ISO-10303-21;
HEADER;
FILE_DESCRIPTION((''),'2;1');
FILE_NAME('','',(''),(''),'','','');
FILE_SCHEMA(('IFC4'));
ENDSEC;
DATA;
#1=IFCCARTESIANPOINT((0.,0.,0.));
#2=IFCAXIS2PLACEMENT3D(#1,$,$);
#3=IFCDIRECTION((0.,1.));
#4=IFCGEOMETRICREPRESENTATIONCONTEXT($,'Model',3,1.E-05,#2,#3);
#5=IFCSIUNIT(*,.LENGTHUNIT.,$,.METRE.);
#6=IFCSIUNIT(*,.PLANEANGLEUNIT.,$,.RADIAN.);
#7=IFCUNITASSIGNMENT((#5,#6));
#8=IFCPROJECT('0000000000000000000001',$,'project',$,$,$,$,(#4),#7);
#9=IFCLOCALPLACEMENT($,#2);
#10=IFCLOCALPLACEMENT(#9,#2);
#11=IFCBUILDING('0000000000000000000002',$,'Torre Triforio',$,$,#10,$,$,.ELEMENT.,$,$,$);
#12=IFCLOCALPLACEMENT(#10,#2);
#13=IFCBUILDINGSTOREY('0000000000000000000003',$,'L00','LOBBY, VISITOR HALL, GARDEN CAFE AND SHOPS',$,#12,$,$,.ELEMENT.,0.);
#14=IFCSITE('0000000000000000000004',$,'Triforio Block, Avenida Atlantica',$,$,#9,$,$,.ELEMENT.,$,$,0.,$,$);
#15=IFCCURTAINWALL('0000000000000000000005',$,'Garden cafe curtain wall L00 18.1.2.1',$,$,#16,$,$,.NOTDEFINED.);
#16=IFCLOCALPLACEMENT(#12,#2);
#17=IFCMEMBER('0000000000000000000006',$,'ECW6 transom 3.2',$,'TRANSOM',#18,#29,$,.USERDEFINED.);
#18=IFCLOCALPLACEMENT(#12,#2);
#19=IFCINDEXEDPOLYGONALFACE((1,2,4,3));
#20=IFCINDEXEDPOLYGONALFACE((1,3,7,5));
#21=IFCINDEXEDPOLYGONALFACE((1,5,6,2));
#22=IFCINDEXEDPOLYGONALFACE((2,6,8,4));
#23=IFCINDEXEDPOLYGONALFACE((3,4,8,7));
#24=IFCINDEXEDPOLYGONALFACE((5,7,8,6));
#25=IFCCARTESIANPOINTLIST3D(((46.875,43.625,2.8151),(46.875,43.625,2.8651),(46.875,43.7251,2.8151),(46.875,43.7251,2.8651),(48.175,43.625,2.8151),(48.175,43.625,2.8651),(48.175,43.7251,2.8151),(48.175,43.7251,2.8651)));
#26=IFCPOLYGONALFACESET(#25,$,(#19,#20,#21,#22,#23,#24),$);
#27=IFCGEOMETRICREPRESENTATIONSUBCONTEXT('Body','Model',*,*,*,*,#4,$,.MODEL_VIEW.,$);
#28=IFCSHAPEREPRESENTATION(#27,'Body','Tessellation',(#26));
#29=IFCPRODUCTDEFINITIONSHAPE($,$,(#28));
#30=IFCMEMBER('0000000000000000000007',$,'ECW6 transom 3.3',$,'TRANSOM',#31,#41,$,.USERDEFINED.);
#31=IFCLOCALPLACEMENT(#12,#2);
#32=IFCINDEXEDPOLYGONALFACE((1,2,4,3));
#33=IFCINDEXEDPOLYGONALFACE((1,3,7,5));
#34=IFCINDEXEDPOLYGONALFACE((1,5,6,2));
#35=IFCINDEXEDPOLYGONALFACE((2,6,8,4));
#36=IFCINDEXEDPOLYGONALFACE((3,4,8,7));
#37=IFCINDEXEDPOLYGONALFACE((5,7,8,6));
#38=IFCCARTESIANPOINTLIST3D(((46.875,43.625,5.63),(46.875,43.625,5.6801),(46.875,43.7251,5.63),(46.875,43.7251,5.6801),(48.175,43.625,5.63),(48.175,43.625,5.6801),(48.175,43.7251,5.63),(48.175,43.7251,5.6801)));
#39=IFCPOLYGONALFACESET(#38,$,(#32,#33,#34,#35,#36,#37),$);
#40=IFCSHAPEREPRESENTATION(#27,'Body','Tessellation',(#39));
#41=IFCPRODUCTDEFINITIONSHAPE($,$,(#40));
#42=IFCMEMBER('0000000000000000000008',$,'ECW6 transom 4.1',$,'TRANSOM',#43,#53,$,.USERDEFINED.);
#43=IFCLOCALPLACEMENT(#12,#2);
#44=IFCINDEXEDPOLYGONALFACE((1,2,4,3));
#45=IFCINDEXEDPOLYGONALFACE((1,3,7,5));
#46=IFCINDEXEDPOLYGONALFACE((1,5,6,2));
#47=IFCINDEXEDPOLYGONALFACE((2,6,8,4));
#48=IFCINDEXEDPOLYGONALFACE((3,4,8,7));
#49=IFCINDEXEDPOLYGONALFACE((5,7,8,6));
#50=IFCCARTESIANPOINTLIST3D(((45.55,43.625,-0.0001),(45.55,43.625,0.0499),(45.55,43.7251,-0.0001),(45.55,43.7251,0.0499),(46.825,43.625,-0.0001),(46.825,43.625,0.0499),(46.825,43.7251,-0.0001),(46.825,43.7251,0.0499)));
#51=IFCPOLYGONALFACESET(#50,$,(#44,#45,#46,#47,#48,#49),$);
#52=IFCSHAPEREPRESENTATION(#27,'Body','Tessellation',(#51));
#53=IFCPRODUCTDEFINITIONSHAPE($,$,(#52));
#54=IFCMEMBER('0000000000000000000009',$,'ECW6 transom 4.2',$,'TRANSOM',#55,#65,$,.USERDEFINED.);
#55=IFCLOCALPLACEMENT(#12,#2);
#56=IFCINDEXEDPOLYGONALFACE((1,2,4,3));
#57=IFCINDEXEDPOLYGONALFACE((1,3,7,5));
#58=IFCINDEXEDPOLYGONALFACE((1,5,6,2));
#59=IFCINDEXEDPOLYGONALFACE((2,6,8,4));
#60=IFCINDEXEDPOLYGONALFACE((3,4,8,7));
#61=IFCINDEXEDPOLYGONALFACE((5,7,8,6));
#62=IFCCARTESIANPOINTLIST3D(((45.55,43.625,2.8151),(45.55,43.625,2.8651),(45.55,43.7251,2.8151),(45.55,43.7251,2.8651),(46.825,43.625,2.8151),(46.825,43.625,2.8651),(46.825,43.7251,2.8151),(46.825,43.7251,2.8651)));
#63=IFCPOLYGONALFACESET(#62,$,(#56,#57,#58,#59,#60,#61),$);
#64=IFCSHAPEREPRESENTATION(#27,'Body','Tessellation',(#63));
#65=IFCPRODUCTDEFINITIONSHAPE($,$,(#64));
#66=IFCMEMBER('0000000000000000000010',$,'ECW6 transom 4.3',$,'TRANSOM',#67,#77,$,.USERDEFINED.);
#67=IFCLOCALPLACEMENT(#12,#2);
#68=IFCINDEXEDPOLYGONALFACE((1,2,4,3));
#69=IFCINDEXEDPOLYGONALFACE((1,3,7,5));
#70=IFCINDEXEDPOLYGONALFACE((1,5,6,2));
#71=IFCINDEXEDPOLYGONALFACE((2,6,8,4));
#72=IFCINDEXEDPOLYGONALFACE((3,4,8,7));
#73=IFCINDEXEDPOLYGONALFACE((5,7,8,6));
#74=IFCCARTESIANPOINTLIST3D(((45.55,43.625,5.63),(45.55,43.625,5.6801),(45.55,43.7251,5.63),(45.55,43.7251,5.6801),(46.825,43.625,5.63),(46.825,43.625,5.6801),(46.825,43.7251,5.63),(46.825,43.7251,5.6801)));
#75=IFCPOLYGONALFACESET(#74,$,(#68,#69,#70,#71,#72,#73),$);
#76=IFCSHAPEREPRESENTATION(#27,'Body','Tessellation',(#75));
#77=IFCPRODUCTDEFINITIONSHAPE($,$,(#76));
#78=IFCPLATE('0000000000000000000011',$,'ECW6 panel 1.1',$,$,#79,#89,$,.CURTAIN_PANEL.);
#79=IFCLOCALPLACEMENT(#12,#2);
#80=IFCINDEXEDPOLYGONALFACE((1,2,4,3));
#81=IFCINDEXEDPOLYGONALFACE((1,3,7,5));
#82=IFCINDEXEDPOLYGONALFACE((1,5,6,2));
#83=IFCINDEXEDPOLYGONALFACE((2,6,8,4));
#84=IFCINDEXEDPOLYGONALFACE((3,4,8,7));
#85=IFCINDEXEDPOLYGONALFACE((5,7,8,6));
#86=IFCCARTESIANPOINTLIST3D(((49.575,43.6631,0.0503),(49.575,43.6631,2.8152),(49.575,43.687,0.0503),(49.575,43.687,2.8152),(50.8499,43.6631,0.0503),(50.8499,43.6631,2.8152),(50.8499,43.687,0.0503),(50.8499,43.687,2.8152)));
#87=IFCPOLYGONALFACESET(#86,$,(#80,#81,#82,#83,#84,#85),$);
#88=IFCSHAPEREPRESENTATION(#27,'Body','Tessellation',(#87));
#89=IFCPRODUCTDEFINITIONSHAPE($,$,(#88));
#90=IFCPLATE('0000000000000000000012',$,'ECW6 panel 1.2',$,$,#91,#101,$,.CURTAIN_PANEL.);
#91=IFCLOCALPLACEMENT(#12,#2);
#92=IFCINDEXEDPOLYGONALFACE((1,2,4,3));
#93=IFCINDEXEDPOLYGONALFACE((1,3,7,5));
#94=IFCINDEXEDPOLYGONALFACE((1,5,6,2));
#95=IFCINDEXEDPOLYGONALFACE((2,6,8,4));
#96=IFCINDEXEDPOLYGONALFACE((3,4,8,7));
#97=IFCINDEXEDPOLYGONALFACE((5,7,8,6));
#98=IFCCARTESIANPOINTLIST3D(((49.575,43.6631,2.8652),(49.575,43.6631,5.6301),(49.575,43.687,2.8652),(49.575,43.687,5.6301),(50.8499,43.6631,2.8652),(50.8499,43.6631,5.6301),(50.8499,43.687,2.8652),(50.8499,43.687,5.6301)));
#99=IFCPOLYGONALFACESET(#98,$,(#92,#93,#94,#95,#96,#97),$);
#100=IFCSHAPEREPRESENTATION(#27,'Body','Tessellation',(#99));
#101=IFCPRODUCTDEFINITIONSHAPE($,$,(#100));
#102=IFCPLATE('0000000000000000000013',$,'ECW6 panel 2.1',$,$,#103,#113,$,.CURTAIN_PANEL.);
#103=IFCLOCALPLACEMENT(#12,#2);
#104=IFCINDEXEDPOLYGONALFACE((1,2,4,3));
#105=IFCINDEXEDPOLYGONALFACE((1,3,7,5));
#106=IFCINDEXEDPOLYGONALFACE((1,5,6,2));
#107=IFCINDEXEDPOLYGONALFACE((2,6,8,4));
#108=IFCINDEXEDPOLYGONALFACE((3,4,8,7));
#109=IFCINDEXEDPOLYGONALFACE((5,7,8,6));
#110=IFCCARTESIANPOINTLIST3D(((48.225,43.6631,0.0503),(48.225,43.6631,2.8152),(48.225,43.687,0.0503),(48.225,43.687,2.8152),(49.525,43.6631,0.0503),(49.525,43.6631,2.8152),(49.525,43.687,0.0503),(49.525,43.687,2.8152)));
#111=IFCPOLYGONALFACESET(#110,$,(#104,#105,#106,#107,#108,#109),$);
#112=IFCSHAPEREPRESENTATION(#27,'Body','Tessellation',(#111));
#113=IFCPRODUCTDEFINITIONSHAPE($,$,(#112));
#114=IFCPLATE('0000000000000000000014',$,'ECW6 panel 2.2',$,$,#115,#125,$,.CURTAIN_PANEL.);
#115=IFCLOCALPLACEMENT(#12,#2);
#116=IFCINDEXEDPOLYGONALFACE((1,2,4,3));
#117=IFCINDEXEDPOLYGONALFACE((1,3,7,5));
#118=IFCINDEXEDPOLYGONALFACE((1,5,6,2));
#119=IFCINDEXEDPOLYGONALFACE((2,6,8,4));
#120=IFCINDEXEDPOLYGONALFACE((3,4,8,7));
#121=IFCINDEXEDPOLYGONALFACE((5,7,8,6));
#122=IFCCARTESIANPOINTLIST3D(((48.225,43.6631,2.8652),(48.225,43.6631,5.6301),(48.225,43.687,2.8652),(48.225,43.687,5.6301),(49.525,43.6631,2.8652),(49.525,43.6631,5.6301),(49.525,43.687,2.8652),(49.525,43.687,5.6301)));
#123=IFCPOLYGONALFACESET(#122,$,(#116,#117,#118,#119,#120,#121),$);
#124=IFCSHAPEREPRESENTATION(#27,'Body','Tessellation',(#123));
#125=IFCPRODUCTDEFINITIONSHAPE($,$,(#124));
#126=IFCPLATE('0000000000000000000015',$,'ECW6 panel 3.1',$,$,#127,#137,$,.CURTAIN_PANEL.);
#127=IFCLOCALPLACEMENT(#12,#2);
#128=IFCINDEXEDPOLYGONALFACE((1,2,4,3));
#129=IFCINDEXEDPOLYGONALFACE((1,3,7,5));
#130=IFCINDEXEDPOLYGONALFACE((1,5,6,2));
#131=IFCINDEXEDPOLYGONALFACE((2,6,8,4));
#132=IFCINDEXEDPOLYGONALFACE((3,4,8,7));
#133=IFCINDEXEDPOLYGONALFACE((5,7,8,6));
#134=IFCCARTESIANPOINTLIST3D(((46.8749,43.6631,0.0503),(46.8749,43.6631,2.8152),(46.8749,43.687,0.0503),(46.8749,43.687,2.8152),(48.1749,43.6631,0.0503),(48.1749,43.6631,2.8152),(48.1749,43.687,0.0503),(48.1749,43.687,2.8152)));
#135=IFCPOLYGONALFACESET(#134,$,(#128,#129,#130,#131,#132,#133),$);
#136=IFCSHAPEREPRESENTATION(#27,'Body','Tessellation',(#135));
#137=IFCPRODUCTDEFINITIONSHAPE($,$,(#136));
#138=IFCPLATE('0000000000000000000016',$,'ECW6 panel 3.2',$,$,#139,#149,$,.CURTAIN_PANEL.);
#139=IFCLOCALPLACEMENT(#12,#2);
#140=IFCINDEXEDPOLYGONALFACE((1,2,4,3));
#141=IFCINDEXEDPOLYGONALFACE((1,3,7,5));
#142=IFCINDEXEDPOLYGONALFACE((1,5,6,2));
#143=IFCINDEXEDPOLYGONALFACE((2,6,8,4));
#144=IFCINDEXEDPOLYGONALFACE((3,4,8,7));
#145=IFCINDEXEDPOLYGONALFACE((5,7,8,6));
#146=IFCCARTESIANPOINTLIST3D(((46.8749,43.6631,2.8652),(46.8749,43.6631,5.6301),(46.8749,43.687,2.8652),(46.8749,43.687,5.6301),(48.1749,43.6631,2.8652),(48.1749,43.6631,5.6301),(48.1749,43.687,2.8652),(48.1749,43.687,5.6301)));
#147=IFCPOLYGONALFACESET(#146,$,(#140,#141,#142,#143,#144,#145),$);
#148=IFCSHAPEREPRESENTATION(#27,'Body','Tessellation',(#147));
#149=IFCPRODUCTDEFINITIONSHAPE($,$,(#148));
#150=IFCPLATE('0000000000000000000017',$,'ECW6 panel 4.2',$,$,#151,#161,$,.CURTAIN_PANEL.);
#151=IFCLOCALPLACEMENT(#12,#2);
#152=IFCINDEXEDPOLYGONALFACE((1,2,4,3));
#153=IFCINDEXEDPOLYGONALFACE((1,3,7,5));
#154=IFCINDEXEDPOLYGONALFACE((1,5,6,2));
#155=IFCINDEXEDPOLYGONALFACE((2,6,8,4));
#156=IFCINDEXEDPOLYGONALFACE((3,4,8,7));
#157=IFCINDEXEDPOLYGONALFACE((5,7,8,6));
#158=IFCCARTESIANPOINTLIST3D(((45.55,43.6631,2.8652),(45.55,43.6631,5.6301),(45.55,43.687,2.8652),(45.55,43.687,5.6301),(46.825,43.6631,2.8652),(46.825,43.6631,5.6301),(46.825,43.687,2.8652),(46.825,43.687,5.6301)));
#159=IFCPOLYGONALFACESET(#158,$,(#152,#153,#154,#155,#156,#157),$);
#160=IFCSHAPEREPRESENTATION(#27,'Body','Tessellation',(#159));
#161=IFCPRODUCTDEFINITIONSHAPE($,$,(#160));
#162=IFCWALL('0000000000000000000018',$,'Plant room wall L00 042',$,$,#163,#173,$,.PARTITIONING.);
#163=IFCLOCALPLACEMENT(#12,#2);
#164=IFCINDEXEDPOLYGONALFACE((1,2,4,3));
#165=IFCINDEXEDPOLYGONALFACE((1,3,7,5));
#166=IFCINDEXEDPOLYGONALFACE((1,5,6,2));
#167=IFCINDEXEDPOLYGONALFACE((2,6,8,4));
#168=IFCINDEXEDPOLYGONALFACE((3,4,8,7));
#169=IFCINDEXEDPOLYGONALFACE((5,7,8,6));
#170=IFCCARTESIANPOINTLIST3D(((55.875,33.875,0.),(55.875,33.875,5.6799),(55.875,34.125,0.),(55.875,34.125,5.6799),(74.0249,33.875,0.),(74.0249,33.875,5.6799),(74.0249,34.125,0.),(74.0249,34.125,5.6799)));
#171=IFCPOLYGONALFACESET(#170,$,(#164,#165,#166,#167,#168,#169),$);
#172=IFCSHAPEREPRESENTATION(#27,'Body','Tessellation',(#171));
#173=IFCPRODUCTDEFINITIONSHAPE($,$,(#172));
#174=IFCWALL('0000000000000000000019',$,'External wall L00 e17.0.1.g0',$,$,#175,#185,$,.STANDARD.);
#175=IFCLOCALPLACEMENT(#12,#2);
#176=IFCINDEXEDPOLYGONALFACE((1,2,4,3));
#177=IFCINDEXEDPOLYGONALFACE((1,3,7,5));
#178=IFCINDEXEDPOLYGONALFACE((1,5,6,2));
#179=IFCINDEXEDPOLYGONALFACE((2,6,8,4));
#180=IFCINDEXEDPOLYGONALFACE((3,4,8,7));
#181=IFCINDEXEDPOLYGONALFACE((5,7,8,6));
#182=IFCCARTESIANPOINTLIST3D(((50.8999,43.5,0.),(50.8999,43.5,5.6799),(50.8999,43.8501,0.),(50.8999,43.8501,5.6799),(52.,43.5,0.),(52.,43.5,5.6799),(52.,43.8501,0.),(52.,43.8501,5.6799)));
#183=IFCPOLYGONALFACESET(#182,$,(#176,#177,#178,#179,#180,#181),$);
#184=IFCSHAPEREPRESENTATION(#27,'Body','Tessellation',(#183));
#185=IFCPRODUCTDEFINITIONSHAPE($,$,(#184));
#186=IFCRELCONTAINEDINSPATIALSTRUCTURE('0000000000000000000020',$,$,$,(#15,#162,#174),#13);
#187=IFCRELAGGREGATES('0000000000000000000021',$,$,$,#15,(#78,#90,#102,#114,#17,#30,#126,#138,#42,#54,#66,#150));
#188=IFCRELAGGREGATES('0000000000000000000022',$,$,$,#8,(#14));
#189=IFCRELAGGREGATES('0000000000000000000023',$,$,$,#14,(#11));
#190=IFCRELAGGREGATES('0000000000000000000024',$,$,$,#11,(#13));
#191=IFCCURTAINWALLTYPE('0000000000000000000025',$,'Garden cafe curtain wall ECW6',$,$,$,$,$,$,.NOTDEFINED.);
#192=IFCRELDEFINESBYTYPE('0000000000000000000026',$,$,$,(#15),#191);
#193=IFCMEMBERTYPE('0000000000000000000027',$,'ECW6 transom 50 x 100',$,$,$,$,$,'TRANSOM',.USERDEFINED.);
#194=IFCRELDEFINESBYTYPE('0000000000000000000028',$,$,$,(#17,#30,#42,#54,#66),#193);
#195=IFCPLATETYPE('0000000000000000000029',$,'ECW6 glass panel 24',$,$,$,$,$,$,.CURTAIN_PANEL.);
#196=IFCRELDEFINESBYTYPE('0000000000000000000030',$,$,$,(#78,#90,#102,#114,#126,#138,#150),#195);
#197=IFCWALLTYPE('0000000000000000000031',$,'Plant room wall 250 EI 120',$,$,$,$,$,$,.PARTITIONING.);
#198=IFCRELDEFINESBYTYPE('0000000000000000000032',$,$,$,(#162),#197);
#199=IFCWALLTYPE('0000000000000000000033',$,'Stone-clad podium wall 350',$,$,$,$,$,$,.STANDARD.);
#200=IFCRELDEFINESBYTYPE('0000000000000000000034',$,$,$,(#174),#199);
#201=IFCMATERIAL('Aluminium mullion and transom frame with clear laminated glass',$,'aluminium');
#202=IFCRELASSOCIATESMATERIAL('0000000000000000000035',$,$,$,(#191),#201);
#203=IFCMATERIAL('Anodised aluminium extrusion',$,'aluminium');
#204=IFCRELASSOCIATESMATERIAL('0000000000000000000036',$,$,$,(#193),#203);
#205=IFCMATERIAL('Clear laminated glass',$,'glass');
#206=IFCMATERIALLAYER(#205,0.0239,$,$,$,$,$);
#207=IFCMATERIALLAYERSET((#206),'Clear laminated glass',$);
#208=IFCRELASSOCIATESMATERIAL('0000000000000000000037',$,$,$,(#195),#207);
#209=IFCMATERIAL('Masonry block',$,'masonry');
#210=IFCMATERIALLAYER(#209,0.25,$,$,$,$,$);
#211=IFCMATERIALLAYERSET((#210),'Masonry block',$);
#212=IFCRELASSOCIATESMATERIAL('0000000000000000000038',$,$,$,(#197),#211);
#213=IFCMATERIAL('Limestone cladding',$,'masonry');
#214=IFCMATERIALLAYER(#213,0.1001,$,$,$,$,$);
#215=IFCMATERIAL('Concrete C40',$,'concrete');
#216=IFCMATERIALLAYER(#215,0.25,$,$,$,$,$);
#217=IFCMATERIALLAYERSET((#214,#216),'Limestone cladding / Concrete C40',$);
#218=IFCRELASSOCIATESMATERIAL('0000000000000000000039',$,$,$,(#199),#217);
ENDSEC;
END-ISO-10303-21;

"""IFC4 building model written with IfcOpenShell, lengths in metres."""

from ifc_helpers import new_model, si_unit, direction, frame, frame_2d, origin, origin_2d, place, context, subcontext, project, spatial, rectangle, extrude, material, layer, layer_set, material_profile, profile_set, type_object, element, aggregate, save


model = new_model("IFC4")

# Units and contexts
model_context = context("Model", 3, precision=1e-05, world=origin(), true_north=direction((0.0, 1.0)))
body_context = subcontext(model_context, "Body", "Model", "MODEL_VIEW")
ifc_project = project(units=[si_unit("LENGTHUNIT", "METRE"), si_unit("PLANEANGLEUNIT", "RADIAN")], contexts=[model_context])

# Site, building, storey
site_placement = place(None, origin())
site = spatial("IfcSite", under=ifc_project, at=site_placement, Name="Triforio Block, Avenida Atlantica", CompositionType="ELEMENT", RefElevation=0.0)
building_placement = place(site_placement, origin())
building = spatial("IfcBuilding", under=site, at=building_placement, Name="Torre Triforio", CompositionType="ELEMENT")
storey_placement = place(building_placement, origin())
storey = spatial("IfcBuildingStorey", under=building, at=storey_placement, Name="L00", Description="LOBBY, VISITOR HALL, GARDEN CAFE AND SHOPS", CompositionType="ELEMENT", Elevation=0.0)

# Curtain wall, members, plates
ifc_material_1 = material(Name="Aluminium mullion and transom frame with clear laminated glass", Category="aluminium")
curtain_wall_type = type_object("IfcCurtainWallType", Name="Garden cafe curtain wall ECW6", PredefinedType="NOTDEFINED", material=ifc_material_1)
curtain_wall_placement = place(storey_placement, origin())
curtain_wall = element("IfcCurtainWall", 1, at=curtain_wall_placement, inside=storey, type_object=curtain_wall_type, Name="Garden cafe curtain wall L00 18.1.2.1", PredefinedType="NOTDEFINED")
ifc_material_2 = material(Name="Anodised aluminium extrusion", Category="aluminium")
ifc_material_profile_1 = material_profile(ifc_material_2, rectangle(XDim=0.1001, YDim=0.05, at=origin_2d()), Name="ECW6 TRANSOM 50x100")
ifc_profile_set_1 = profile_set([ifc_material_profile_1], Name="Anodised aluminium extrusion")
member_type_1 = type_object("IfcMemberType", Name="ECW6 transom 50 x 100", ElementType="TRANSOM", PredefinedType="USERDEFINED", material=ifc_profile_set_1)
member_1_placement = place(storey_placement, frame((48.175, 43.675, 2.8401), z_axis=(-1.0, 0.0, 0.0), x_axis=(0.0, -1.0, 0.0)))
member_1 = element("IfcMember", 2, at=member_1_placement, type_object=member_type_1, Name="ECW6 transom 3.2", ObjectType="TRANSOM", PredefinedType="USERDEFINED", context=body_context, shape_type="SweptSolid", body=[
    extrude(rectangle(XDim=0.1001, YDim=0.05, at=origin_2d()), origin(), (0.0, 0.0, 1.0), 1.3),
])
member_2_placement = place(storey_placement, frame((48.175, 43.675, 5.655), z_axis=(-1.0, 0.0, 0.0), x_axis=(0.0, -1.0, 0.0)))
member_2 = element("IfcMember", 3, at=member_2_placement, type_object=member_type_1, Name="ECW6 transom 3.3", ObjectType="TRANSOM", PredefinedType="USERDEFINED", context=body_context, shape_type="SweptSolid", body=[
    extrude(rectangle(XDim=0.1001, YDim=0.05, at=origin_2d()), origin(), (0.0, 0.0, 1.0), 1.3),
])
member_3_placement = place(storey_placement, frame((46.825, 43.675, 0.0249), z_axis=(-1.0, 0.0, 0.0), x_axis=(0.0, -1.0, 0.0)))
member_3 = element("IfcMember", 4, at=member_3_placement, type_object=member_type_1, Name="ECW6 transom 4.1", ObjectType="TRANSOM", PredefinedType="USERDEFINED", context=body_context, shape_type="SweptSolid", body=[
    extrude(rectangle(XDim=0.1001, YDim=0.05, at=origin_2d()), origin(), (0.0, 0.0, 1.0), 1.2749),
])
member_4_placement = place(storey_placement, frame((46.825, 43.675, 2.8401), z_axis=(-1.0, 0.0, 0.0), x_axis=(0.0, -1.0, 0.0)))
member_4 = element("IfcMember", 5, at=member_4_placement, type_object=member_type_1, Name="ECW6 transom 4.2", ObjectType="TRANSOM", PredefinedType="USERDEFINED", context=body_context, shape_type="SweptSolid", body=[
    extrude(rectangle(XDim=0.1001, YDim=0.05, at=origin_2d()), origin(), (0.0, 0.0, 1.0), 1.2749),
])
member_5_placement = place(storey_placement, frame((46.825, 43.675, 5.655), z_axis=(-1.0, 0.0, 0.0), x_axis=(0.0, -1.0, 0.0)))
member_5 = element("IfcMember", 6, at=member_5_placement, type_object=member_type_1, Name="ECW6 transom 4.3", ObjectType="TRANSOM", PredefinedType="USERDEFINED", context=body_context, shape_type="SweptSolid", body=[
    extrude(rectangle(XDim=0.1001, YDim=0.05, at=origin_2d()), origin(), (0.0, 0.0, 1.0), 1.2749),
])
ifc_material_3 = material(Name="Clear laminated glass", Category="glass")
ifc_layer_1 = layer(ifc_material_3, 0.0239)
ifc_layer_set_1 = layer_set([ifc_layer_1], Name="Clear laminated glass")
plate_type = type_object("IfcPlateType", Name="ECW6 glass panel 24", PredefinedType="CURTAIN_PANEL", material=ifc_layer_set_1)
plate_1_placement = place(storey_placement, frame((50.2124, 43.675, 0.0503), z_axis=(0.0, 0.0, 1.0), x_axis=(-1.0, 0.0, 0.0)))
plate_1 = element("IfcPlate", 7, at=plate_1_placement, type_object=plate_type, Name="ECW6 panel 1.1", PredefinedType="CURTAIN_PANEL", context=body_context, shape_type="SweptSolid", body=[
    extrude(rectangle(XDim=1.2749, YDim=0.0239, at=origin_2d()), origin(), (0.0, 0.0, 1.0), 2.7649),
])
plate_2_placement = place(storey_placement, frame((50.2124, 43.675, 2.8652), z_axis=(0.0, 0.0, 1.0), x_axis=(-1.0, 0.0, 0.0)))
plate_2 = element("IfcPlate", 8, at=plate_2_placement, type_object=plate_type, Name="ECW6 panel 1.2", PredefinedType="CURTAIN_PANEL", context=body_context, shape_type="SweptSolid", body=[
    extrude(rectangle(XDim=1.2749, YDim=0.0239, at=origin_2d()), origin(), (0.0, 0.0, 1.0), 2.7649),
])
plate_3_placement = place(storey_placement, frame((48.875, 43.675, 0.0503), z_axis=(0.0, 0.0, 1.0), x_axis=(-1.0, 0.0, 0.0)))
plate_3 = element("IfcPlate", 9, at=plate_3_placement, type_object=plate_type, Name="ECW6 panel 2.1", PredefinedType="CURTAIN_PANEL", context=body_context, shape_type="SweptSolid", body=[
    extrude(rectangle(XDim=1.3, YDim=0.0239, at=origin_2d()), origin(), (0.0, 0.0, 1.0), 2.7649),
])
plate_4_placement = place(storey_placement, frame((48.875, 43.675, 2.8652), z_axis=(0.0, 0.0, 1.0), x_axis=(-1.0, 0.0, 0.0)))
plate_4 = element("IfcPlate", 10, at=plate_4_placement, type_object=plate_type, Name="ECW6 panel 2.2", PredefinedType="CURTAIN_PANEL", context=body_context, shape_type="SweptSolid", body=[
    extrude(rectangle(XDim=1.3, YDim=0.0239, at=origin_2d()), origin(), (0.0, 0.0, 1.0), 2.7649),
])
plate_5_placement = place(storey_placement, frame((47.5249, 43.675, 0.0503), z_axis=(0.0, 0.0, 1.0), x_axis=(-1.0, 0.0, 0.0)))
plate_5 = element("IfcPlate", 11, at=plate_5_placement, type_object=plate_type, Name="ECW6 panel 3.1", PredefinedType="CURTAIN_PANEL", context=body_context, shape_type="SweptSolid", body=[
    extrude(rectangle(XDim=1.3, YDim=0.0239, at=origin_2d()), origin(), (0.0, 0.0, 1.0), 2.7649),
])
plate_6_placement = place(storey_placement, frame((47.5249, 43.675, 2.8652), z_axis=(0.0, 0.0, 1.0), x_axis=(-1.0, 0.0, 0.0)))
plate_6 = element("IfcPlate", 12, at=plate_6_placement, type_object=plate_type, Name="ECW6 panel 3.2", PredefinedType="CURTAIN_PANEL", context=body_context, shape_type="SweptSolid", body=[
    extrude(rectangle(XDim=1.3, YDim=0.0239, at=origin_2d()), origin(), (0.0, 0.0, 1.0), 2.7649),
])
plate_7_placement = place(storey_placement, frame((46.1875, 43.675, 2.8652), z_axis=(0.0, 0.0, 1.0), x_axis=(-1.0, 0.0, 0.0)))
plate_7 = element("IfcPlate", 13, at=plate_7_placement, type_object=plate_type, Name="ECW6 panel 4.2", PredefinedType="CURTAIN_PANEL", context=body_context, shape_type="SweptSolid", body=[
    extrude(rectangle(XDim=1.2749, YDim=0.0239, at=origin_2d()), origin(), (0.0, 0.0, 1.0), 2.7649),
])
aggregate(curtain_wall, [plate_1, plate_2, plate_3, plate_4, member_1, member_2, plate_5, plate_6, member_3, member_4, member_5, plate_7])

# Walls
ifc_material_4 = material(Name="Masonry block", Category="masonry")
ifc_layer_2 = layer(ifc_material_4, 0.25)
ifc_layer_set_2 = layer_set([ifc_layer_2], Name="Masonry block")
wall_type_1 = type_object("IfcWallType", Name="Plant room wall 250 EI 120", PredefinedType="PARTITIONING", material=ifc_layer_set_2)
wall_1_placement = place(storey_placement, frame((55.875, 34.0, 0.0), z_axis=(0.0, 0.0, 1.0), x_axis=(1.0, 0.0, 0.0)))
element("IfcWall", 14, at=wall_1_placement, inside=storey, type_object=wall_type_1, Name="Plant room wall L00 042", PredefinedType="PARTITIONING", context=body_context, shape_type="SweptSolid", body=[
    extrude(rectangle(XDim=18.1499, YDim=0.25, at=frame_2d((9.075, 0.0))), origin(), (0.0, 0.0, 1.0), 5.6799),
])
ifc_material_5 = material(Name="Limestone cladding", Category="masonry")
ifc_layer_3 = layer(ifc_material_5, 0.1001)
ifc_material_6 = material(Name="Concrete C40", Category="concrete")
ifc_layer_4 = layer(ifc_material_6, 0.25)
ifc_layer_set_3 = layer_set([ifc_layer_3, ifc_layer_4], Name="Limestone cladding / Concrete C40")
wall_type_2 = type_object("IfcWallType", Name="Stone-clad podium wall 350", PredefinedType="STANDARD", material=ifc_layer_set_3)
wall_2_placement = place(storey_placement, frame((52.0, 43.675, 0.0), z_axis=(0.0, 0.0, 1.0), x_axis=(-1.0, 0.0, 0.0)))
element("IfcWall", 15, at=wall_2_placement, inside=storey, type_object=wall_type_2, Name="External wall L00 e17.0.1.g0", PredefinedType="STANDARD", context=body_context, shape_type="SweptSolid", body=[
    extrude(rectangle(XDim=1.1001, YDim=0.3501, at=frame_2d((0.55, 0.0))), origin(), (0.0, 0.0, 1.0), 5.6799),
])

save(model, "model.ifc")
